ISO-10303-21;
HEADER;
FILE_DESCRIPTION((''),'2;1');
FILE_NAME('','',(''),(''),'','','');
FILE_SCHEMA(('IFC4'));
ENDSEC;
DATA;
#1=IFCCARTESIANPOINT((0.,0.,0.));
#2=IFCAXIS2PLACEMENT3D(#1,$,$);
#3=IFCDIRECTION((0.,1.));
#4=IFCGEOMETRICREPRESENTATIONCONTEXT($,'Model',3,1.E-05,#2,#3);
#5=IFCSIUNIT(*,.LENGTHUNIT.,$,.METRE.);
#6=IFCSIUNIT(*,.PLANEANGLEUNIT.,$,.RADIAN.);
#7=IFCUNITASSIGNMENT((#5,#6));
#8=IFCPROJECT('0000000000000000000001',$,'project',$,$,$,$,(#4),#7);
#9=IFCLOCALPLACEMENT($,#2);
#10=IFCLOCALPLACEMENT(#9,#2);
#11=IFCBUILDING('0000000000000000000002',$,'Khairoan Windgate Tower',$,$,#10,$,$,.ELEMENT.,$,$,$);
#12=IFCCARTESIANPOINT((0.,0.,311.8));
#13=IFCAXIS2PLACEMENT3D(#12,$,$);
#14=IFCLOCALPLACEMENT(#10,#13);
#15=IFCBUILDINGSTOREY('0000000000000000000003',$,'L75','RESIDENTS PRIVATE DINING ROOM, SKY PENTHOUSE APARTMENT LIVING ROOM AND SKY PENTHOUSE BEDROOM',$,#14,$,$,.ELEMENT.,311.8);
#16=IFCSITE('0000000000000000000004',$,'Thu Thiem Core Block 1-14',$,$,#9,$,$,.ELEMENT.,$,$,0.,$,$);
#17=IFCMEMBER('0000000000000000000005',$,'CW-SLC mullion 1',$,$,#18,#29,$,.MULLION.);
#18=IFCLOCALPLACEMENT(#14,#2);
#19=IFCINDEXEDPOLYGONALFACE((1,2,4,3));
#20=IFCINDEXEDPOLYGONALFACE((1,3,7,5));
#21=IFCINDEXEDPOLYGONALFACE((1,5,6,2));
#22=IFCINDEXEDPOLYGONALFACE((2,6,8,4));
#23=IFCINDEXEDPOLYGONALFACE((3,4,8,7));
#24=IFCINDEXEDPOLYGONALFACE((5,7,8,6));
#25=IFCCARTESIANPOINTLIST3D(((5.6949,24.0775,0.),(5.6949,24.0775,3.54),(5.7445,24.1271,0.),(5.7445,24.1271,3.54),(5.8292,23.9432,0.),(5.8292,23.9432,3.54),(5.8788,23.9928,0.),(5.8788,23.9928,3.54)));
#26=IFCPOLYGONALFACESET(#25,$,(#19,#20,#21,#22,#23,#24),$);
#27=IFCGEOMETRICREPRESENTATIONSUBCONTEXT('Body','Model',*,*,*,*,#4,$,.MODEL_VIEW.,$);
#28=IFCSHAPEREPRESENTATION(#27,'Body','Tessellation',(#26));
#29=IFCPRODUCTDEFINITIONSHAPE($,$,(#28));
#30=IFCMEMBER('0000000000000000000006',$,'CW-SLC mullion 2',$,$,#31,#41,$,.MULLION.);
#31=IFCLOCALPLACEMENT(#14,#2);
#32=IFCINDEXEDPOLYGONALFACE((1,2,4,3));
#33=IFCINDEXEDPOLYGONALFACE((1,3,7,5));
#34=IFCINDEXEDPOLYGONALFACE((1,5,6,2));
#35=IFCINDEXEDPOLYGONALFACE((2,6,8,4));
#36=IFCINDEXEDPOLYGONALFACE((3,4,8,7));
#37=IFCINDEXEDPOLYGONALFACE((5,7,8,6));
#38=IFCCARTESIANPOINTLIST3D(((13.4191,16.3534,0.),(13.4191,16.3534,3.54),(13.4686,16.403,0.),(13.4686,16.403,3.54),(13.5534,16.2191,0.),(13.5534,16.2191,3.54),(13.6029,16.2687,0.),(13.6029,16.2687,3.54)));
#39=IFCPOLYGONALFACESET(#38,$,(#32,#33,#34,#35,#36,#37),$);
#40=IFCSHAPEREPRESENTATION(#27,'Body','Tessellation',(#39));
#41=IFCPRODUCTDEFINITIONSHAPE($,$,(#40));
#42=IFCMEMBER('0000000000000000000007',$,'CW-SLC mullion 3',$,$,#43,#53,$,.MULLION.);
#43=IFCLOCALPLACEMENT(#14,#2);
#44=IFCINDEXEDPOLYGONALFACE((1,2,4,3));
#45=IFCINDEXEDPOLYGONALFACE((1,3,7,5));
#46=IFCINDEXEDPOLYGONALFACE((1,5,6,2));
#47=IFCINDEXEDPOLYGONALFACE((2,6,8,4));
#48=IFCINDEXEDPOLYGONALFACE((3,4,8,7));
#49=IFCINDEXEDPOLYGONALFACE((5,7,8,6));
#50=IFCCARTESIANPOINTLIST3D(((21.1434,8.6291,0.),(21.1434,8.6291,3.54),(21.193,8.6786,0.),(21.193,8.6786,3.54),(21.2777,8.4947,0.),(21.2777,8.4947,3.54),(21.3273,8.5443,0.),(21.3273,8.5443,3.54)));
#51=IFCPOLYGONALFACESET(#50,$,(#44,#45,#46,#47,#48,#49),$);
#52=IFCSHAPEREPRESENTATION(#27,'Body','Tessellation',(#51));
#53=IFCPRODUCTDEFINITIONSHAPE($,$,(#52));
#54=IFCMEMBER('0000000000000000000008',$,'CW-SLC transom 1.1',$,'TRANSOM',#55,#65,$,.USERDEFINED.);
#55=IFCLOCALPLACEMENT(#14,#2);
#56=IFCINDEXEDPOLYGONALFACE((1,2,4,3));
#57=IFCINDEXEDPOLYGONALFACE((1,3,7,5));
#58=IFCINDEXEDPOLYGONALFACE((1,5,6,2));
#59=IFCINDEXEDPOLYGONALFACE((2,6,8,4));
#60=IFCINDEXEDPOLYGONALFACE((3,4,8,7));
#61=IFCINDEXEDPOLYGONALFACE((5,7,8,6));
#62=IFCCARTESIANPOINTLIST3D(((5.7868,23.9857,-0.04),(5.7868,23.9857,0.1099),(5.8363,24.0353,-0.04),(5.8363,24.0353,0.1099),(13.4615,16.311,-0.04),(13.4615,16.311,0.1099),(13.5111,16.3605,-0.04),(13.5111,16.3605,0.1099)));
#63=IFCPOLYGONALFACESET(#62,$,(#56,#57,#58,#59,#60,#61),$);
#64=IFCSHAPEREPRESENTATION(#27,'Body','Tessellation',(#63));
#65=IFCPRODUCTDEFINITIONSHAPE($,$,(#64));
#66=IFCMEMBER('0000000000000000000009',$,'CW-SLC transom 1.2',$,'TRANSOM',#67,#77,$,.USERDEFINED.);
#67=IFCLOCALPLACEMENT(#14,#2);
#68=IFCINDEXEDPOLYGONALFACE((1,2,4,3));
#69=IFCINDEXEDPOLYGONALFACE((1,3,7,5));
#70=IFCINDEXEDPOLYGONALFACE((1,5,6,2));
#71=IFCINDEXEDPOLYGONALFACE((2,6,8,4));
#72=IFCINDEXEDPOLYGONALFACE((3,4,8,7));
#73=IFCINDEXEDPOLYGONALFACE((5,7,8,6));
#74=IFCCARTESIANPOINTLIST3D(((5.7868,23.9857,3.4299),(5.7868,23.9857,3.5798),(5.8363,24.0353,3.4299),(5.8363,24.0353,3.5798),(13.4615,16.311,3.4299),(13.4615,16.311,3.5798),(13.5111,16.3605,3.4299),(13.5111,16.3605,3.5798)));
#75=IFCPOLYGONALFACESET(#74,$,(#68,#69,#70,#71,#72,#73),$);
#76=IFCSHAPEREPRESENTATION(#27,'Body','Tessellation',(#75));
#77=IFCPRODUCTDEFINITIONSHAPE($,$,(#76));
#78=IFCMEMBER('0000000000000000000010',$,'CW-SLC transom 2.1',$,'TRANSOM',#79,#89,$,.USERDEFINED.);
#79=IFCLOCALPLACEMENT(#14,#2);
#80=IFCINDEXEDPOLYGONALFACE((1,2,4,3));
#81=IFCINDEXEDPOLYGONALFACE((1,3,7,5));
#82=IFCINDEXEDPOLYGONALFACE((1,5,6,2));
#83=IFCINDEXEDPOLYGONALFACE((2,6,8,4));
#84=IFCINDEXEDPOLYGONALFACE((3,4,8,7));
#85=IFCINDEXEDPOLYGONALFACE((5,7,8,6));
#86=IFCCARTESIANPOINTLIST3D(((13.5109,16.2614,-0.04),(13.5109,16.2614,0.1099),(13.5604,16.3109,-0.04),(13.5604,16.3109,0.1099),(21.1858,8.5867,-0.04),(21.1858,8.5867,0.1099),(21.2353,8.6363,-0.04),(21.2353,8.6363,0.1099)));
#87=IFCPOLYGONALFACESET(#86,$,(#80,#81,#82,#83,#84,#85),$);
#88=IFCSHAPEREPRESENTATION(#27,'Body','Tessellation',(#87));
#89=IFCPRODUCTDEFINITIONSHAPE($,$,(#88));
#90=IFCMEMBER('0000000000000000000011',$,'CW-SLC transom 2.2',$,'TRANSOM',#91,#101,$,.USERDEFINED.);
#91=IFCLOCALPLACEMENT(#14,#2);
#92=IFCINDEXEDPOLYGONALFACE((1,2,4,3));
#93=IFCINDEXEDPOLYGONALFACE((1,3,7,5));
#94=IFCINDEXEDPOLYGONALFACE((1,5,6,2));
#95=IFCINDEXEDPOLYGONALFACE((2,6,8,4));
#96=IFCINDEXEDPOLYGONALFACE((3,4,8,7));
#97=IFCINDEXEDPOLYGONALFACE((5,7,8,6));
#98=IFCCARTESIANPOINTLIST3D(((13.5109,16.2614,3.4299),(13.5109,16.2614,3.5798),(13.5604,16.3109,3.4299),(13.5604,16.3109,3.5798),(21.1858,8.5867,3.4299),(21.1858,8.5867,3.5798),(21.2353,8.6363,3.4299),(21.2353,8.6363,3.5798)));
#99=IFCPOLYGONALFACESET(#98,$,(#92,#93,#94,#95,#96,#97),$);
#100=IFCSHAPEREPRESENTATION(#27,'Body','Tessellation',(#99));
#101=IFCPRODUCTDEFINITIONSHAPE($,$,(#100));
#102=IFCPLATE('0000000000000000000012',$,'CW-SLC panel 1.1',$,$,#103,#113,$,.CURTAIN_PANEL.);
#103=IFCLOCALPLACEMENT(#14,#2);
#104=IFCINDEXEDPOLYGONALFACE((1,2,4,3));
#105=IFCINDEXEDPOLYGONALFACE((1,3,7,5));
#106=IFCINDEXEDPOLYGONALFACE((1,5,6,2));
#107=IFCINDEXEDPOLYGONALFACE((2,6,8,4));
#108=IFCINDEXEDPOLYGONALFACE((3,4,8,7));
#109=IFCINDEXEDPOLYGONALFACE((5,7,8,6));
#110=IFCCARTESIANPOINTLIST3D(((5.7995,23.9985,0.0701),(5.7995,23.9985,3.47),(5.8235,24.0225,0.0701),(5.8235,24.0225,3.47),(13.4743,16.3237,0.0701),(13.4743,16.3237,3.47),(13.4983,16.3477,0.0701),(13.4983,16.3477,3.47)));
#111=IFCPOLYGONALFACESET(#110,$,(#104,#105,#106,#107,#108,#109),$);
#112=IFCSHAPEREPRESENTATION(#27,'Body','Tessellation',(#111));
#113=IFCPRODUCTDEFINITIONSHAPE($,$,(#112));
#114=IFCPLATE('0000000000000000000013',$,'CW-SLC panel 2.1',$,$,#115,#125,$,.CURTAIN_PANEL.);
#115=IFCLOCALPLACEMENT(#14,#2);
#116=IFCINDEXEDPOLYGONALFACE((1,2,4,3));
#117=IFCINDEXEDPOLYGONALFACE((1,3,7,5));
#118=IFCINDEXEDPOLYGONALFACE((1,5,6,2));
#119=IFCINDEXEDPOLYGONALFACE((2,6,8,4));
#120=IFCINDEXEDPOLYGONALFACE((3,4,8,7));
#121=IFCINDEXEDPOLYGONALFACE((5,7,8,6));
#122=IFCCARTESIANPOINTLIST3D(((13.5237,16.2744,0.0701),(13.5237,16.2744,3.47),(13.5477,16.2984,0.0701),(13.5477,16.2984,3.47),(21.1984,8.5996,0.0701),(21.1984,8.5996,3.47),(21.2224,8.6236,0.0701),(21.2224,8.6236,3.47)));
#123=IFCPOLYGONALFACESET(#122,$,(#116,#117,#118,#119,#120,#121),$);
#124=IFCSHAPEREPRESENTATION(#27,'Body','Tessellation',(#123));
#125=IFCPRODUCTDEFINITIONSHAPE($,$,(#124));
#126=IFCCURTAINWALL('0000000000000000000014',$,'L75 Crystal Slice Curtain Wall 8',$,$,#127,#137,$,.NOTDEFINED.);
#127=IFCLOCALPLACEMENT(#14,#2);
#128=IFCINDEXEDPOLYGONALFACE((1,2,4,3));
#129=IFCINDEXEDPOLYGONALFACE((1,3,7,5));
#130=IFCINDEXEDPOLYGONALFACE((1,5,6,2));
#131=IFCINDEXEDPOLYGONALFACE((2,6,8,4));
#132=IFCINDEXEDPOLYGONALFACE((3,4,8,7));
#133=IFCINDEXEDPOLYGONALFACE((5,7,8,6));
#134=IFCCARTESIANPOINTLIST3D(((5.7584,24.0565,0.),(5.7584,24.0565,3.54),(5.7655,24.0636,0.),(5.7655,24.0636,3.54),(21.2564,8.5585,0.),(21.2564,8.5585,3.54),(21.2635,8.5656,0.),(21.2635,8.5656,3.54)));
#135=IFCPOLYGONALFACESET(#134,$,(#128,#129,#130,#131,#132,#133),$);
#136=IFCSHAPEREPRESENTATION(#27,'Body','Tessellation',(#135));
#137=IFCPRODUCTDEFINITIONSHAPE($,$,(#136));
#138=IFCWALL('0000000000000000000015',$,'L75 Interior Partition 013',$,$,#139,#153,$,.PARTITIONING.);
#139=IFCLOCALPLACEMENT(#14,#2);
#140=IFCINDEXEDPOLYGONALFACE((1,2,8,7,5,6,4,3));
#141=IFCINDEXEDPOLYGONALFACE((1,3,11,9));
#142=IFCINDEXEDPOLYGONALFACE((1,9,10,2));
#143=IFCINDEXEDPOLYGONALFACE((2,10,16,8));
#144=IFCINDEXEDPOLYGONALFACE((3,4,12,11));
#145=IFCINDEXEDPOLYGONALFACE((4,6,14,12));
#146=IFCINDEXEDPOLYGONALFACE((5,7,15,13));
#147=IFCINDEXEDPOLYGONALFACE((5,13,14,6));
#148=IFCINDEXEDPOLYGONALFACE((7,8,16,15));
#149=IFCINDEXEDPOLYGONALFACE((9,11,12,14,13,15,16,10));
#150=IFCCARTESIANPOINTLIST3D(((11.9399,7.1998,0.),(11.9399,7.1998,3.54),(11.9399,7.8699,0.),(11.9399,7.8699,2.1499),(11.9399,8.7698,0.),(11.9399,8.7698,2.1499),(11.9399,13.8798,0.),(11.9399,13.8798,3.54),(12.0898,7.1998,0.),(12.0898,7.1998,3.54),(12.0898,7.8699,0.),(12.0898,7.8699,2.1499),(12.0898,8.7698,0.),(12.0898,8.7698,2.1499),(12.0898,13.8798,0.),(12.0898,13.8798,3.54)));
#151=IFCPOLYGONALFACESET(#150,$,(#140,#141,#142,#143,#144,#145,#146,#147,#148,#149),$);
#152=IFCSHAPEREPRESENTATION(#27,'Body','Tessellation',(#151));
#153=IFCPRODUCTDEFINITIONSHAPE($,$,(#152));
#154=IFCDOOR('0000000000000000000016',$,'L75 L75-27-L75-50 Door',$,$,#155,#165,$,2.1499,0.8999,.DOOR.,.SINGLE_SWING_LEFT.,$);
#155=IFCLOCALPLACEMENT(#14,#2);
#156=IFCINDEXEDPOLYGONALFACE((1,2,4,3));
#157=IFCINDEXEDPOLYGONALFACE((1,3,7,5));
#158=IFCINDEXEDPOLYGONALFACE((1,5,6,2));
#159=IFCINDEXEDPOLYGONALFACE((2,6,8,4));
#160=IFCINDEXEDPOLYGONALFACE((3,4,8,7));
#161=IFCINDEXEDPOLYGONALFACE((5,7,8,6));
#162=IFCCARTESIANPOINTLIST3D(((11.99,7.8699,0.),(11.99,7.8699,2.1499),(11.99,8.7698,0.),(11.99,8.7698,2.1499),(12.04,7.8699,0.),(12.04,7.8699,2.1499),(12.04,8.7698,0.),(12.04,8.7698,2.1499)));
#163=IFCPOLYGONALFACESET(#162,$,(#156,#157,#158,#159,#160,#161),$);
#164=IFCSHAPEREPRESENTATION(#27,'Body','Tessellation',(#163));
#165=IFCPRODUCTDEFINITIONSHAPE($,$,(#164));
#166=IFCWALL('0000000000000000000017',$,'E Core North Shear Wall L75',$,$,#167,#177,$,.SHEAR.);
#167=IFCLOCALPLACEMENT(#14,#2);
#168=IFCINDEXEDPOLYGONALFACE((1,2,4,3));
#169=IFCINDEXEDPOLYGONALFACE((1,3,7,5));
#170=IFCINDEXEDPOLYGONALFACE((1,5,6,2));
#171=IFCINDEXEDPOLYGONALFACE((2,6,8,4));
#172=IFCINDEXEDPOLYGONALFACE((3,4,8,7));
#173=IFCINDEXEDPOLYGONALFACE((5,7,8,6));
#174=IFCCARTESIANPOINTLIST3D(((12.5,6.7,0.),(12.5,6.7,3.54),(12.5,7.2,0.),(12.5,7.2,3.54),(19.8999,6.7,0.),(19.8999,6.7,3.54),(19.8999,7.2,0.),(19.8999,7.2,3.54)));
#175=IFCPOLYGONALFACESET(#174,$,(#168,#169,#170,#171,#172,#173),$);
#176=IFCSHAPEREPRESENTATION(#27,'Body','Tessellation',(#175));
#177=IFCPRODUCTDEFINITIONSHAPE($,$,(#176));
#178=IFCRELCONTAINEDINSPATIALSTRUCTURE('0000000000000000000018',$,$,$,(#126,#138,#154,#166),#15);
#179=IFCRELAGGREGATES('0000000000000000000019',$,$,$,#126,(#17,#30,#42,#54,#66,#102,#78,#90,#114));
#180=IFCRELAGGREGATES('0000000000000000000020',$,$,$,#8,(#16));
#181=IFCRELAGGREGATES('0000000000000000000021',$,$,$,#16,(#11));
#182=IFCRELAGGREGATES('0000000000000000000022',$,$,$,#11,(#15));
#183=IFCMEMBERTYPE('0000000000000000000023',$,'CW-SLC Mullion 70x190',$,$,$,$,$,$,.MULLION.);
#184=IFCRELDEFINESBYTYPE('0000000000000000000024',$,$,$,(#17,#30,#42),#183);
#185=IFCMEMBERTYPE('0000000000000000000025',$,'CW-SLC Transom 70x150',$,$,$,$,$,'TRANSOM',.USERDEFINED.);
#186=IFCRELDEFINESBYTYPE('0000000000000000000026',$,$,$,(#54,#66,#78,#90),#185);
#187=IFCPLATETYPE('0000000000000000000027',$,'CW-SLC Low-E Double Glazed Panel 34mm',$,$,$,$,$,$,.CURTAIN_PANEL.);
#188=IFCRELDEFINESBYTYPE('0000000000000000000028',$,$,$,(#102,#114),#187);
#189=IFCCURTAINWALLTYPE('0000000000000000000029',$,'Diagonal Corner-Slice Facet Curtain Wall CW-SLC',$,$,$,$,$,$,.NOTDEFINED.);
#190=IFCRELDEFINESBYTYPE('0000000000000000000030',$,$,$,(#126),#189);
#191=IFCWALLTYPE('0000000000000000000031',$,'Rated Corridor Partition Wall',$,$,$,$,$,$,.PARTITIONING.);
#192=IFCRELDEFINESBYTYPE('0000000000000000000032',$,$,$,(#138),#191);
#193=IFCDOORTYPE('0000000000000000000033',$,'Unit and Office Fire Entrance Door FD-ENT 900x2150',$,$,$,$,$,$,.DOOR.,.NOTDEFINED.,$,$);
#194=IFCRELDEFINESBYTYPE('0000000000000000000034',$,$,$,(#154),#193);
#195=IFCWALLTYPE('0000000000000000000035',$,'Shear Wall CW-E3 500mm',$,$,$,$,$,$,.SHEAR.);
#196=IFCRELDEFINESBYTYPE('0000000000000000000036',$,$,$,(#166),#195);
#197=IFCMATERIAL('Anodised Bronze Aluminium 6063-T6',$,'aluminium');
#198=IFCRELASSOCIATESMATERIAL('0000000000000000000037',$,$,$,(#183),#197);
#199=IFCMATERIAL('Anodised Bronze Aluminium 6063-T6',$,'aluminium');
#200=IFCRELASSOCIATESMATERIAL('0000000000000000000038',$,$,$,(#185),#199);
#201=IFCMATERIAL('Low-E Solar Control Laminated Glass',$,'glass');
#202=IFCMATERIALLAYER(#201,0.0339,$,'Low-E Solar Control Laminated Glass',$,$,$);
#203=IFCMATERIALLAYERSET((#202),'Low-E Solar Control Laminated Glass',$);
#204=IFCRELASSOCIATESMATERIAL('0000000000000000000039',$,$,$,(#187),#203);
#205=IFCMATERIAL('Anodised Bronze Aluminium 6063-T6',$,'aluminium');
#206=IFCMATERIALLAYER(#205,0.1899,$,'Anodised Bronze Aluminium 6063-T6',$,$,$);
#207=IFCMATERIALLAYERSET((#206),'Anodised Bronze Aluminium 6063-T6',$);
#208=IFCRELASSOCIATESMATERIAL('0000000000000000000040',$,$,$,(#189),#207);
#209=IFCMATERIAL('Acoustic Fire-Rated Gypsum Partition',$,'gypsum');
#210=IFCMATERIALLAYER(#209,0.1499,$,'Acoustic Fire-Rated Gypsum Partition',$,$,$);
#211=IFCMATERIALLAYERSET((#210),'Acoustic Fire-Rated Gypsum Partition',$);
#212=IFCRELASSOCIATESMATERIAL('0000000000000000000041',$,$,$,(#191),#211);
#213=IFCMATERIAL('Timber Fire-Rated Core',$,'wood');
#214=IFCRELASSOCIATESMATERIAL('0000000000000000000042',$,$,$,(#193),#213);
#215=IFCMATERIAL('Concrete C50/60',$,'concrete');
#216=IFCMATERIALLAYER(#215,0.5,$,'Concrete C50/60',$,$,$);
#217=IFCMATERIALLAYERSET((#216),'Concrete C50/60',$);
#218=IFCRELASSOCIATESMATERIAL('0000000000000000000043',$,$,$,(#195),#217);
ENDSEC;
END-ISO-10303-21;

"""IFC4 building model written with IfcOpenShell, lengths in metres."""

from ifc_helpers import new_model, si_unit, direction, frame, frame_2d, origin, origin_2d, place, context, subcontext, project, spatial, rectangle, extrude, material, layer, layer_set, material_profile, profile_set, type_object, element, fill, aggregate, save


model = new_model("IFC4")

# Units and contexts
model_context = context("Model", 3, precision=1e-05, world=origin(), true_north=direction((0.0, 1.0)))
body_context = subcontext(model_context, "Body", "Model", "MODEL_VIEW")
ifc_project = project(units=[si_unit("LENGTHUNIT", "METRE"), si_unit("PLANEANGLEUNIT", "RADIAN")], contexts=[model_context])

# Site, building, storey
site_placement = place(None, origin())
site = spatial("IfcSite", under=ifc_project, at=site_placement, Name="Thu Thiem Core Block 1-14", CompositionType="ELEMENT", RefElevation=0.0)
building_placement = place(site_placement, origin())
building = spatial("IfcBuilding", under=site, at=building_placement, Name="Khairoan Windgate Tower", CompositionType="ELEMENT")
storey_placement = place(building_placement, frame((0.0, 0.0, 311.8)))
storey = spatial("IfcBuildingStorey", under=building, at=storey_placement, Name="L75", Description="RESIDENTS PRIVATE DINING ROOM, SKY PENTHOUSE APARTMENT LIVING ROOM AND SKY PENTHOUSE BEDROOM", CompositionType="ELEMENT", Elevation=311.8)

# Members
ifc_material_1 = material(Name="Anodised Bronze Aluminium 6063-T6", Category="aluminium")
ifc_material_profile_1 = material_profile(ifc_material_1, rectangle(XDim=0.0701, YDim=0.1899, at=origin_2d()))
ifc_profile_set_1 = profile_set([ifc_material_profile_1], Name="Anodised Bronze Aluminium 6063-T6")
member_type_1 = type_object("IfcMemberType", Name="CW-SLC Mullion 70x190", PredefinedType="MULLION", material=ifc_profile_set_1)
member_1_placement = place(storey_placement, frame((5.7869, 24.0352, 0.0), z_axis=(0.0, 0.0, 1.0), x_axis=(0.707107, 0.707107, 0.0)))
member_1 = element("IfcMember", 1, at=member_1_placement, type_object=member_type_1, Name="CW-SLC mullion 1", PredefinedType="MULLION", context=body_context, shape_type="SweptSolid", body=[
    extrude(rectangle(XDim=0.0701, YDim=0.1899, at=origin_2d()), origin(), (0.0, 0.0, 1.0), 3.54),
])
member_2_placement = place(storey_placement, frame((13.511, 16.311, 0.0), z_axis=(0.0, 0.0, 1.0), x_axis=(0.707107, 0.707107, 0.0)))
member_2 = element("IfcMember", 2, at=member_2_placement, type_object=member_type_1, Name="CW-SLC mullion 2", PredefinedType="MULLION", context=body_context, shape_type="SweptSolid", body=[
    extrude(rectangle(XDim=0.0701, YDim=0.1899, at=origin_2d()), origin(), (0.0, 0.0, 1.0), 3.54),
])
member_3_placement = place(storey_placement, frame((21.2354, 8.5867, 0.0), z_axis=(0.0, 0.0, 1.0), x_axis=(0.707107, 0.707107, 0.0)))
member_3 = element("IfcMember", 3, at=member_3_placement, type_object=member_type_1, Name="CW-SLC mullion 3", PredefinedType="MULLION", context=body_context, shape_type="SweptSolid", body=[
    extrude(rectangle(XDim=0.0701, YDim=0.1899, at=origin_2d()), origin(), (0.0, 0.0, 1.0), 3.54),
])
ifc_material_2 = material(Name="Anodised Bronze Aluminium 6063-T6", Category="aluminium")
ifc_material_profile_2 = material_profile(ifc_material_2, rectangle(XDim=0.0701, YDim=0.1499, at=origin_2d()))
ifc_profile_set_2 = profile_set([ifc_material_profile_2], Name="Anodised Bronze Aluminium 6063-T6")
member_type_2 = type_object("IfcMemberType", Name="CW-SLC Transom 70x150", ElementType="TRANSOM", PredefinedType="USERDEFINED", material=ifc_profile_set_2)
member_4_placement = place(storey_placement, frame((5.8115, 24.0105, 0.0349), z_axis=(0.707107, -0.707107, 0.0), x_axis=(0.707107, 0.707107, 0.0)))
member_4 = element("IfcMember", 4, at=member_4_placement, type_object=member_type_2, Name="CW-SLC transom 1.1", ObjectType="TRANSOM", PredefinedType="USERDEFINED", context=body_context, shape_type="SweptSolid", body=[
    extrude(rectangle(XDim=0.0701, YDim=0.1499, at=origin_2d()), origin(), (0.0, 0.0, 1.0), 10.8538),
])
member_5_placement = place(storey_placement, frame((5.8115, 24.0105, 3.5049), z_axis=(0.707107, -0.707107, 0.0), x_axis=(0.707107, 0.707107, 0.0)))
member_5 = element("IfcMember", 5, at=member_5_placement, type_object=member_type_2, Name="CW-SLC transom 1.2", ObjectType="TRANSOM", PredefinedType="USERDEFINED", context=body_context, shape_type="SweptSolid", body=[
    extrude(rectangle(XDim=0.0701, YDim=0.1499, at=origin_2d()), origin(), (0.0, 0.0, 1.0), 10.8538),
])
member_6_placement = place(storey_placement, frame((13.5356, 16.2861, 0.0349), z_axis=(0.707118, -0.707096, 0.0), x_axis=(0.707096, 0.707118, 0.0)))
member_6 = element("IfcMember", 6, at=member_6_placement, type_object=member_type_2, Name="CW-SLC transom 2.1", ObjectType="TRANSOM", PredefinedType="USERDEFINED", context=body_context, shape_type="SweptSolid", body=[
    extrude(rectangle(XDim=0.0701, YDim=0.1499, at=origin_2d()), origin(), (0.0, 0.0, 1.0), 10.8538),
])
member_7_placement = place(storey_placement, frame((13.5356, 16.2861, 3.5049), z_axis=(0.707118, -0.707096, 0.0), x_axis=(0.707096, 0.707118, 0.0)))
member_7 = element("IfcMember", 7, at=member_7_placement, type_object=member_type_2, Name="CW-SLC transom 2.2", ObjectType="TRANSOM", PredefinedType="USERDEFINED", context=body_context, shape_type="SweptSolid", body=[
    extrude(rectangle(XDim=0.0701, YDim=0.1499, at=origin_2d()), origin(), (0.0, 0.0, 1.0), 10.8538),
])

# Plates
ifc_material_3 = material(Name="Low-E Solar Control Laminated Glass", Category="glass")
ifc_layer_1 = layer(ifc_material_3, 0.0339, Name="Low-E Solar Control Laminated Glass")
ifc_layer_set_1 = layer_set([ifc_layer_1], Name="Low-E Solar Control Laminated Glass")
plate_type_1 = type_object("IfcPlateType", Name="CW-SLC Low-E Double Glazed Panel 34mm", PredefinedType="CURTAIN_PANEL", material=ifc_layer_set_1)
plate_1_placement = place(storey_placement, frame((9.6489, 20.1731, 0.0701), z_axis=(0.0, 0.0, 1.0), x_axis=(0.707107, -0.707107, 0.0)))
plate_1 = element("IfcPlate", 8, at=plate_1_placement, type_object=plate_type_1, Name="CW-SLC panel 1.1", PredefinedType="CURTAIN_PANEL", context=body_context, shape_type="SweptSolid", body=[
    extrude(rectangle(XDim=10.8538, YDim=0.0339, at=origin_2d()), origin(), (0.0, 0.0, 1.0), 3.3999),
])
plate_2_placement = place(storey_placement, frame((17.373, 12.449, 0.0701), z_axis=(0.0, 0.0, 1.0), x_axis=(0.707107, -0.707107, 0.0)))
plate_2 = element("IfcPlate", 9, at=plate_2_placement, type_object=plate_type_1, Name="CW-SLC panel 2.1", PredefinedType="CURTAIN_PANEL", context=body_context, shape_type="SweptSolid", body=[
    extrude(rectangle(XDim=10.8538, YDim=0.0339, at=origin_2d()), origin(), (0.0, 0.0, 1.0), 3.3999),
])

# Curtain wall
ifc_material_4 = material(Name="Anodised Bronze Aluminium 6063-T6", Category="aluminium")
ifc_layer_2 = layer(ifc_material_4, 0.1899, Name="Anodised Bronze Aluminium 6063-T6")
ifc_layer_set_2 = layer_set([ifc_layer_2], Name="Anodised Bronze Aluminium 6063-T6")
curtain_wall_type_1 = type_object("IfcCurtainWallType", Name="Diagonal Corner-Slice Facet Curtain Wall CW-SLC", PredefinedType="NOTDEFINED", material=ifc_layer_set_2)
curtain_wall_1_placement = place(storey_placement, frame((5.762, 24.0601, 0.0), z_axis=(0.0, 0.0, 1.0), x_axis=(0.707107, -0.707107, 0.0)))
curtain_wall_1 = element("IfcCurtainWall", 10, at=curtain_wall_1_placement, inside=storey, type_object=curtain_wall_type_1, Name="L75 Crystal Slice Curtain Wall 8", PredefinedType="NOTDEFINED", context=body_context, shape_type="SweptSolid", body=[
    extrude(rectangle(XDim=21.9175, YDim=0.01, at=frame_2d((10.9587, 0.0))), origin(), (0.0, 0.0, 1.0), 3.54),
])
aggregate(curtain_wall_1, [member_1, member_2, member_3, member_4, member_5, plate_1, member_6, member_7, plate_2])

# Wall, opening, door
ifc_material_5 = material(Name="Acoustic Fire-Rated Gypsum Partition", Category="gypsum")
ifc_layer_3 = layer(ifc_material_5, 0.1499, Name="Acoustic Fire-Rated Gypsum Partition")
ifc_layer_set_3 = layer_set([ifc_layer_3], Name="Acoustic Fire-Rated Gypsum Partition")
wall_type_1 = type_object("IfcWallType", Name="Rated Corridor Partition Wall", PredefinedType="PARTITIONING", material=ifc_layer_set_3)
wall_1_placement = place(storey_placement, frame((12.0149, 7.2, 0.0), z_axis=(0.0, 0.0, 1.0), x_axis=(0.0, 1.0, 0.0)))
wall_1 = element("IfcWall", 11, at=wall_1_placement, inside=storey, type_object=wall_type_1, Name="L75 Interior Partition 013", PredefinedType="PARTITIONING", context=body_context, shape_type="SweptSolid", body=[
    extrude(rectangle(XDim=6.6799, YDim=0.1499, at=frame_2d((3.3398, 0.0))), origin(), (0.0, 0.0, 1.0), 3.54),
])
opening_placement = place(wall_1_placement, frame((0.6699, 0.0, 0.0)))
opening = element("IfcOpeningElement", 12, at=opening_placement, cuts=wall_1, PredefinedType="OPENING", context=body_context, shape_type="SweptSolid", body=[
    extrude(rectangle(XDim=0.8999, YDim=2.1499, at=frame_2d((0.45, 1.075))), frame((0.0, 0.085, 0.0), z_axis=(0.0, -1.0, 0.0), x_axis=(1.0, 0.0, 0.0)), (0.0, 0.0, 1.0), 0.1699),
])
ifc_material_6 = material(Name="Timber Fire-Rated Core", Category="wood")
door_type = type_object("IfcDoorType", Name="Unit and Office Fire Entrance Door FD-ENT 900x2150", OperationType="NOTDEFINED", PredefinedType="DOOR", material=ifc_material_6)
door_placement = place(opening_placement, origin())
door = element("IfcDoor", 13, at=door_placement, inside=storey, type_object=door_type, Name="L75 L75-27-L75-50 Door", OperationType="SINGLE_SWING_LEFT", OverallHeight=2.1499, OverallWidth=0.8999, PredefinedType="DOOR", context=body_context, shape_type="SweptSolid", body=[
    extrude(rectangle(XDim=0.8999, YDim=2.1499, at=frame_2d((0.45, 1.075))), frame((0.0, 0.0249, 0.0), z_axis=(0.0, -1.0, 0.0), x_axis=(1.0, 0.0, 0.0)), (0.0, 0.0, 1.0), 0.05),
])
fill(opening, door)

# Wall
ifc_material_7 = material(Name="Concrete C50/60", Category="concrete")
ifc_layer_4 = layer(ifc_material_7, 0.5, Name="Concrete C50/60")
ifc_layer_set_4 = layer_set([ifc_layer_4], Name="Concrete C50/60")
wall_type_2 = type_object("IfcWallType", Name="Shear Wall CW-E3 500mm", PredefinedType="SHEAR", material=ifc_layer_set_4)
wall_2_placement = place(storey_placement, frame((12.5, 6.95, 0.0), z_axis=(0.0, 0.0, 1.0), x_axis=(1.0, 0.0, 0.0)))
element("IfcWall", 14, at=wall_2_placement, inside=storey, type_object=wall_type_2, Name="E Core North Shear Wall L75", PredefinedType="SHEAR", context=body_context, shape_type="SweptSolid", body=[
    extrude(rectangle(XDim=7.3999, YDim=0.5, at=frame_2d((3.7, 0.0))), origin(), (0.0, 0.0, 1.0), 3.54),
])

save(model, "model.ifc")
